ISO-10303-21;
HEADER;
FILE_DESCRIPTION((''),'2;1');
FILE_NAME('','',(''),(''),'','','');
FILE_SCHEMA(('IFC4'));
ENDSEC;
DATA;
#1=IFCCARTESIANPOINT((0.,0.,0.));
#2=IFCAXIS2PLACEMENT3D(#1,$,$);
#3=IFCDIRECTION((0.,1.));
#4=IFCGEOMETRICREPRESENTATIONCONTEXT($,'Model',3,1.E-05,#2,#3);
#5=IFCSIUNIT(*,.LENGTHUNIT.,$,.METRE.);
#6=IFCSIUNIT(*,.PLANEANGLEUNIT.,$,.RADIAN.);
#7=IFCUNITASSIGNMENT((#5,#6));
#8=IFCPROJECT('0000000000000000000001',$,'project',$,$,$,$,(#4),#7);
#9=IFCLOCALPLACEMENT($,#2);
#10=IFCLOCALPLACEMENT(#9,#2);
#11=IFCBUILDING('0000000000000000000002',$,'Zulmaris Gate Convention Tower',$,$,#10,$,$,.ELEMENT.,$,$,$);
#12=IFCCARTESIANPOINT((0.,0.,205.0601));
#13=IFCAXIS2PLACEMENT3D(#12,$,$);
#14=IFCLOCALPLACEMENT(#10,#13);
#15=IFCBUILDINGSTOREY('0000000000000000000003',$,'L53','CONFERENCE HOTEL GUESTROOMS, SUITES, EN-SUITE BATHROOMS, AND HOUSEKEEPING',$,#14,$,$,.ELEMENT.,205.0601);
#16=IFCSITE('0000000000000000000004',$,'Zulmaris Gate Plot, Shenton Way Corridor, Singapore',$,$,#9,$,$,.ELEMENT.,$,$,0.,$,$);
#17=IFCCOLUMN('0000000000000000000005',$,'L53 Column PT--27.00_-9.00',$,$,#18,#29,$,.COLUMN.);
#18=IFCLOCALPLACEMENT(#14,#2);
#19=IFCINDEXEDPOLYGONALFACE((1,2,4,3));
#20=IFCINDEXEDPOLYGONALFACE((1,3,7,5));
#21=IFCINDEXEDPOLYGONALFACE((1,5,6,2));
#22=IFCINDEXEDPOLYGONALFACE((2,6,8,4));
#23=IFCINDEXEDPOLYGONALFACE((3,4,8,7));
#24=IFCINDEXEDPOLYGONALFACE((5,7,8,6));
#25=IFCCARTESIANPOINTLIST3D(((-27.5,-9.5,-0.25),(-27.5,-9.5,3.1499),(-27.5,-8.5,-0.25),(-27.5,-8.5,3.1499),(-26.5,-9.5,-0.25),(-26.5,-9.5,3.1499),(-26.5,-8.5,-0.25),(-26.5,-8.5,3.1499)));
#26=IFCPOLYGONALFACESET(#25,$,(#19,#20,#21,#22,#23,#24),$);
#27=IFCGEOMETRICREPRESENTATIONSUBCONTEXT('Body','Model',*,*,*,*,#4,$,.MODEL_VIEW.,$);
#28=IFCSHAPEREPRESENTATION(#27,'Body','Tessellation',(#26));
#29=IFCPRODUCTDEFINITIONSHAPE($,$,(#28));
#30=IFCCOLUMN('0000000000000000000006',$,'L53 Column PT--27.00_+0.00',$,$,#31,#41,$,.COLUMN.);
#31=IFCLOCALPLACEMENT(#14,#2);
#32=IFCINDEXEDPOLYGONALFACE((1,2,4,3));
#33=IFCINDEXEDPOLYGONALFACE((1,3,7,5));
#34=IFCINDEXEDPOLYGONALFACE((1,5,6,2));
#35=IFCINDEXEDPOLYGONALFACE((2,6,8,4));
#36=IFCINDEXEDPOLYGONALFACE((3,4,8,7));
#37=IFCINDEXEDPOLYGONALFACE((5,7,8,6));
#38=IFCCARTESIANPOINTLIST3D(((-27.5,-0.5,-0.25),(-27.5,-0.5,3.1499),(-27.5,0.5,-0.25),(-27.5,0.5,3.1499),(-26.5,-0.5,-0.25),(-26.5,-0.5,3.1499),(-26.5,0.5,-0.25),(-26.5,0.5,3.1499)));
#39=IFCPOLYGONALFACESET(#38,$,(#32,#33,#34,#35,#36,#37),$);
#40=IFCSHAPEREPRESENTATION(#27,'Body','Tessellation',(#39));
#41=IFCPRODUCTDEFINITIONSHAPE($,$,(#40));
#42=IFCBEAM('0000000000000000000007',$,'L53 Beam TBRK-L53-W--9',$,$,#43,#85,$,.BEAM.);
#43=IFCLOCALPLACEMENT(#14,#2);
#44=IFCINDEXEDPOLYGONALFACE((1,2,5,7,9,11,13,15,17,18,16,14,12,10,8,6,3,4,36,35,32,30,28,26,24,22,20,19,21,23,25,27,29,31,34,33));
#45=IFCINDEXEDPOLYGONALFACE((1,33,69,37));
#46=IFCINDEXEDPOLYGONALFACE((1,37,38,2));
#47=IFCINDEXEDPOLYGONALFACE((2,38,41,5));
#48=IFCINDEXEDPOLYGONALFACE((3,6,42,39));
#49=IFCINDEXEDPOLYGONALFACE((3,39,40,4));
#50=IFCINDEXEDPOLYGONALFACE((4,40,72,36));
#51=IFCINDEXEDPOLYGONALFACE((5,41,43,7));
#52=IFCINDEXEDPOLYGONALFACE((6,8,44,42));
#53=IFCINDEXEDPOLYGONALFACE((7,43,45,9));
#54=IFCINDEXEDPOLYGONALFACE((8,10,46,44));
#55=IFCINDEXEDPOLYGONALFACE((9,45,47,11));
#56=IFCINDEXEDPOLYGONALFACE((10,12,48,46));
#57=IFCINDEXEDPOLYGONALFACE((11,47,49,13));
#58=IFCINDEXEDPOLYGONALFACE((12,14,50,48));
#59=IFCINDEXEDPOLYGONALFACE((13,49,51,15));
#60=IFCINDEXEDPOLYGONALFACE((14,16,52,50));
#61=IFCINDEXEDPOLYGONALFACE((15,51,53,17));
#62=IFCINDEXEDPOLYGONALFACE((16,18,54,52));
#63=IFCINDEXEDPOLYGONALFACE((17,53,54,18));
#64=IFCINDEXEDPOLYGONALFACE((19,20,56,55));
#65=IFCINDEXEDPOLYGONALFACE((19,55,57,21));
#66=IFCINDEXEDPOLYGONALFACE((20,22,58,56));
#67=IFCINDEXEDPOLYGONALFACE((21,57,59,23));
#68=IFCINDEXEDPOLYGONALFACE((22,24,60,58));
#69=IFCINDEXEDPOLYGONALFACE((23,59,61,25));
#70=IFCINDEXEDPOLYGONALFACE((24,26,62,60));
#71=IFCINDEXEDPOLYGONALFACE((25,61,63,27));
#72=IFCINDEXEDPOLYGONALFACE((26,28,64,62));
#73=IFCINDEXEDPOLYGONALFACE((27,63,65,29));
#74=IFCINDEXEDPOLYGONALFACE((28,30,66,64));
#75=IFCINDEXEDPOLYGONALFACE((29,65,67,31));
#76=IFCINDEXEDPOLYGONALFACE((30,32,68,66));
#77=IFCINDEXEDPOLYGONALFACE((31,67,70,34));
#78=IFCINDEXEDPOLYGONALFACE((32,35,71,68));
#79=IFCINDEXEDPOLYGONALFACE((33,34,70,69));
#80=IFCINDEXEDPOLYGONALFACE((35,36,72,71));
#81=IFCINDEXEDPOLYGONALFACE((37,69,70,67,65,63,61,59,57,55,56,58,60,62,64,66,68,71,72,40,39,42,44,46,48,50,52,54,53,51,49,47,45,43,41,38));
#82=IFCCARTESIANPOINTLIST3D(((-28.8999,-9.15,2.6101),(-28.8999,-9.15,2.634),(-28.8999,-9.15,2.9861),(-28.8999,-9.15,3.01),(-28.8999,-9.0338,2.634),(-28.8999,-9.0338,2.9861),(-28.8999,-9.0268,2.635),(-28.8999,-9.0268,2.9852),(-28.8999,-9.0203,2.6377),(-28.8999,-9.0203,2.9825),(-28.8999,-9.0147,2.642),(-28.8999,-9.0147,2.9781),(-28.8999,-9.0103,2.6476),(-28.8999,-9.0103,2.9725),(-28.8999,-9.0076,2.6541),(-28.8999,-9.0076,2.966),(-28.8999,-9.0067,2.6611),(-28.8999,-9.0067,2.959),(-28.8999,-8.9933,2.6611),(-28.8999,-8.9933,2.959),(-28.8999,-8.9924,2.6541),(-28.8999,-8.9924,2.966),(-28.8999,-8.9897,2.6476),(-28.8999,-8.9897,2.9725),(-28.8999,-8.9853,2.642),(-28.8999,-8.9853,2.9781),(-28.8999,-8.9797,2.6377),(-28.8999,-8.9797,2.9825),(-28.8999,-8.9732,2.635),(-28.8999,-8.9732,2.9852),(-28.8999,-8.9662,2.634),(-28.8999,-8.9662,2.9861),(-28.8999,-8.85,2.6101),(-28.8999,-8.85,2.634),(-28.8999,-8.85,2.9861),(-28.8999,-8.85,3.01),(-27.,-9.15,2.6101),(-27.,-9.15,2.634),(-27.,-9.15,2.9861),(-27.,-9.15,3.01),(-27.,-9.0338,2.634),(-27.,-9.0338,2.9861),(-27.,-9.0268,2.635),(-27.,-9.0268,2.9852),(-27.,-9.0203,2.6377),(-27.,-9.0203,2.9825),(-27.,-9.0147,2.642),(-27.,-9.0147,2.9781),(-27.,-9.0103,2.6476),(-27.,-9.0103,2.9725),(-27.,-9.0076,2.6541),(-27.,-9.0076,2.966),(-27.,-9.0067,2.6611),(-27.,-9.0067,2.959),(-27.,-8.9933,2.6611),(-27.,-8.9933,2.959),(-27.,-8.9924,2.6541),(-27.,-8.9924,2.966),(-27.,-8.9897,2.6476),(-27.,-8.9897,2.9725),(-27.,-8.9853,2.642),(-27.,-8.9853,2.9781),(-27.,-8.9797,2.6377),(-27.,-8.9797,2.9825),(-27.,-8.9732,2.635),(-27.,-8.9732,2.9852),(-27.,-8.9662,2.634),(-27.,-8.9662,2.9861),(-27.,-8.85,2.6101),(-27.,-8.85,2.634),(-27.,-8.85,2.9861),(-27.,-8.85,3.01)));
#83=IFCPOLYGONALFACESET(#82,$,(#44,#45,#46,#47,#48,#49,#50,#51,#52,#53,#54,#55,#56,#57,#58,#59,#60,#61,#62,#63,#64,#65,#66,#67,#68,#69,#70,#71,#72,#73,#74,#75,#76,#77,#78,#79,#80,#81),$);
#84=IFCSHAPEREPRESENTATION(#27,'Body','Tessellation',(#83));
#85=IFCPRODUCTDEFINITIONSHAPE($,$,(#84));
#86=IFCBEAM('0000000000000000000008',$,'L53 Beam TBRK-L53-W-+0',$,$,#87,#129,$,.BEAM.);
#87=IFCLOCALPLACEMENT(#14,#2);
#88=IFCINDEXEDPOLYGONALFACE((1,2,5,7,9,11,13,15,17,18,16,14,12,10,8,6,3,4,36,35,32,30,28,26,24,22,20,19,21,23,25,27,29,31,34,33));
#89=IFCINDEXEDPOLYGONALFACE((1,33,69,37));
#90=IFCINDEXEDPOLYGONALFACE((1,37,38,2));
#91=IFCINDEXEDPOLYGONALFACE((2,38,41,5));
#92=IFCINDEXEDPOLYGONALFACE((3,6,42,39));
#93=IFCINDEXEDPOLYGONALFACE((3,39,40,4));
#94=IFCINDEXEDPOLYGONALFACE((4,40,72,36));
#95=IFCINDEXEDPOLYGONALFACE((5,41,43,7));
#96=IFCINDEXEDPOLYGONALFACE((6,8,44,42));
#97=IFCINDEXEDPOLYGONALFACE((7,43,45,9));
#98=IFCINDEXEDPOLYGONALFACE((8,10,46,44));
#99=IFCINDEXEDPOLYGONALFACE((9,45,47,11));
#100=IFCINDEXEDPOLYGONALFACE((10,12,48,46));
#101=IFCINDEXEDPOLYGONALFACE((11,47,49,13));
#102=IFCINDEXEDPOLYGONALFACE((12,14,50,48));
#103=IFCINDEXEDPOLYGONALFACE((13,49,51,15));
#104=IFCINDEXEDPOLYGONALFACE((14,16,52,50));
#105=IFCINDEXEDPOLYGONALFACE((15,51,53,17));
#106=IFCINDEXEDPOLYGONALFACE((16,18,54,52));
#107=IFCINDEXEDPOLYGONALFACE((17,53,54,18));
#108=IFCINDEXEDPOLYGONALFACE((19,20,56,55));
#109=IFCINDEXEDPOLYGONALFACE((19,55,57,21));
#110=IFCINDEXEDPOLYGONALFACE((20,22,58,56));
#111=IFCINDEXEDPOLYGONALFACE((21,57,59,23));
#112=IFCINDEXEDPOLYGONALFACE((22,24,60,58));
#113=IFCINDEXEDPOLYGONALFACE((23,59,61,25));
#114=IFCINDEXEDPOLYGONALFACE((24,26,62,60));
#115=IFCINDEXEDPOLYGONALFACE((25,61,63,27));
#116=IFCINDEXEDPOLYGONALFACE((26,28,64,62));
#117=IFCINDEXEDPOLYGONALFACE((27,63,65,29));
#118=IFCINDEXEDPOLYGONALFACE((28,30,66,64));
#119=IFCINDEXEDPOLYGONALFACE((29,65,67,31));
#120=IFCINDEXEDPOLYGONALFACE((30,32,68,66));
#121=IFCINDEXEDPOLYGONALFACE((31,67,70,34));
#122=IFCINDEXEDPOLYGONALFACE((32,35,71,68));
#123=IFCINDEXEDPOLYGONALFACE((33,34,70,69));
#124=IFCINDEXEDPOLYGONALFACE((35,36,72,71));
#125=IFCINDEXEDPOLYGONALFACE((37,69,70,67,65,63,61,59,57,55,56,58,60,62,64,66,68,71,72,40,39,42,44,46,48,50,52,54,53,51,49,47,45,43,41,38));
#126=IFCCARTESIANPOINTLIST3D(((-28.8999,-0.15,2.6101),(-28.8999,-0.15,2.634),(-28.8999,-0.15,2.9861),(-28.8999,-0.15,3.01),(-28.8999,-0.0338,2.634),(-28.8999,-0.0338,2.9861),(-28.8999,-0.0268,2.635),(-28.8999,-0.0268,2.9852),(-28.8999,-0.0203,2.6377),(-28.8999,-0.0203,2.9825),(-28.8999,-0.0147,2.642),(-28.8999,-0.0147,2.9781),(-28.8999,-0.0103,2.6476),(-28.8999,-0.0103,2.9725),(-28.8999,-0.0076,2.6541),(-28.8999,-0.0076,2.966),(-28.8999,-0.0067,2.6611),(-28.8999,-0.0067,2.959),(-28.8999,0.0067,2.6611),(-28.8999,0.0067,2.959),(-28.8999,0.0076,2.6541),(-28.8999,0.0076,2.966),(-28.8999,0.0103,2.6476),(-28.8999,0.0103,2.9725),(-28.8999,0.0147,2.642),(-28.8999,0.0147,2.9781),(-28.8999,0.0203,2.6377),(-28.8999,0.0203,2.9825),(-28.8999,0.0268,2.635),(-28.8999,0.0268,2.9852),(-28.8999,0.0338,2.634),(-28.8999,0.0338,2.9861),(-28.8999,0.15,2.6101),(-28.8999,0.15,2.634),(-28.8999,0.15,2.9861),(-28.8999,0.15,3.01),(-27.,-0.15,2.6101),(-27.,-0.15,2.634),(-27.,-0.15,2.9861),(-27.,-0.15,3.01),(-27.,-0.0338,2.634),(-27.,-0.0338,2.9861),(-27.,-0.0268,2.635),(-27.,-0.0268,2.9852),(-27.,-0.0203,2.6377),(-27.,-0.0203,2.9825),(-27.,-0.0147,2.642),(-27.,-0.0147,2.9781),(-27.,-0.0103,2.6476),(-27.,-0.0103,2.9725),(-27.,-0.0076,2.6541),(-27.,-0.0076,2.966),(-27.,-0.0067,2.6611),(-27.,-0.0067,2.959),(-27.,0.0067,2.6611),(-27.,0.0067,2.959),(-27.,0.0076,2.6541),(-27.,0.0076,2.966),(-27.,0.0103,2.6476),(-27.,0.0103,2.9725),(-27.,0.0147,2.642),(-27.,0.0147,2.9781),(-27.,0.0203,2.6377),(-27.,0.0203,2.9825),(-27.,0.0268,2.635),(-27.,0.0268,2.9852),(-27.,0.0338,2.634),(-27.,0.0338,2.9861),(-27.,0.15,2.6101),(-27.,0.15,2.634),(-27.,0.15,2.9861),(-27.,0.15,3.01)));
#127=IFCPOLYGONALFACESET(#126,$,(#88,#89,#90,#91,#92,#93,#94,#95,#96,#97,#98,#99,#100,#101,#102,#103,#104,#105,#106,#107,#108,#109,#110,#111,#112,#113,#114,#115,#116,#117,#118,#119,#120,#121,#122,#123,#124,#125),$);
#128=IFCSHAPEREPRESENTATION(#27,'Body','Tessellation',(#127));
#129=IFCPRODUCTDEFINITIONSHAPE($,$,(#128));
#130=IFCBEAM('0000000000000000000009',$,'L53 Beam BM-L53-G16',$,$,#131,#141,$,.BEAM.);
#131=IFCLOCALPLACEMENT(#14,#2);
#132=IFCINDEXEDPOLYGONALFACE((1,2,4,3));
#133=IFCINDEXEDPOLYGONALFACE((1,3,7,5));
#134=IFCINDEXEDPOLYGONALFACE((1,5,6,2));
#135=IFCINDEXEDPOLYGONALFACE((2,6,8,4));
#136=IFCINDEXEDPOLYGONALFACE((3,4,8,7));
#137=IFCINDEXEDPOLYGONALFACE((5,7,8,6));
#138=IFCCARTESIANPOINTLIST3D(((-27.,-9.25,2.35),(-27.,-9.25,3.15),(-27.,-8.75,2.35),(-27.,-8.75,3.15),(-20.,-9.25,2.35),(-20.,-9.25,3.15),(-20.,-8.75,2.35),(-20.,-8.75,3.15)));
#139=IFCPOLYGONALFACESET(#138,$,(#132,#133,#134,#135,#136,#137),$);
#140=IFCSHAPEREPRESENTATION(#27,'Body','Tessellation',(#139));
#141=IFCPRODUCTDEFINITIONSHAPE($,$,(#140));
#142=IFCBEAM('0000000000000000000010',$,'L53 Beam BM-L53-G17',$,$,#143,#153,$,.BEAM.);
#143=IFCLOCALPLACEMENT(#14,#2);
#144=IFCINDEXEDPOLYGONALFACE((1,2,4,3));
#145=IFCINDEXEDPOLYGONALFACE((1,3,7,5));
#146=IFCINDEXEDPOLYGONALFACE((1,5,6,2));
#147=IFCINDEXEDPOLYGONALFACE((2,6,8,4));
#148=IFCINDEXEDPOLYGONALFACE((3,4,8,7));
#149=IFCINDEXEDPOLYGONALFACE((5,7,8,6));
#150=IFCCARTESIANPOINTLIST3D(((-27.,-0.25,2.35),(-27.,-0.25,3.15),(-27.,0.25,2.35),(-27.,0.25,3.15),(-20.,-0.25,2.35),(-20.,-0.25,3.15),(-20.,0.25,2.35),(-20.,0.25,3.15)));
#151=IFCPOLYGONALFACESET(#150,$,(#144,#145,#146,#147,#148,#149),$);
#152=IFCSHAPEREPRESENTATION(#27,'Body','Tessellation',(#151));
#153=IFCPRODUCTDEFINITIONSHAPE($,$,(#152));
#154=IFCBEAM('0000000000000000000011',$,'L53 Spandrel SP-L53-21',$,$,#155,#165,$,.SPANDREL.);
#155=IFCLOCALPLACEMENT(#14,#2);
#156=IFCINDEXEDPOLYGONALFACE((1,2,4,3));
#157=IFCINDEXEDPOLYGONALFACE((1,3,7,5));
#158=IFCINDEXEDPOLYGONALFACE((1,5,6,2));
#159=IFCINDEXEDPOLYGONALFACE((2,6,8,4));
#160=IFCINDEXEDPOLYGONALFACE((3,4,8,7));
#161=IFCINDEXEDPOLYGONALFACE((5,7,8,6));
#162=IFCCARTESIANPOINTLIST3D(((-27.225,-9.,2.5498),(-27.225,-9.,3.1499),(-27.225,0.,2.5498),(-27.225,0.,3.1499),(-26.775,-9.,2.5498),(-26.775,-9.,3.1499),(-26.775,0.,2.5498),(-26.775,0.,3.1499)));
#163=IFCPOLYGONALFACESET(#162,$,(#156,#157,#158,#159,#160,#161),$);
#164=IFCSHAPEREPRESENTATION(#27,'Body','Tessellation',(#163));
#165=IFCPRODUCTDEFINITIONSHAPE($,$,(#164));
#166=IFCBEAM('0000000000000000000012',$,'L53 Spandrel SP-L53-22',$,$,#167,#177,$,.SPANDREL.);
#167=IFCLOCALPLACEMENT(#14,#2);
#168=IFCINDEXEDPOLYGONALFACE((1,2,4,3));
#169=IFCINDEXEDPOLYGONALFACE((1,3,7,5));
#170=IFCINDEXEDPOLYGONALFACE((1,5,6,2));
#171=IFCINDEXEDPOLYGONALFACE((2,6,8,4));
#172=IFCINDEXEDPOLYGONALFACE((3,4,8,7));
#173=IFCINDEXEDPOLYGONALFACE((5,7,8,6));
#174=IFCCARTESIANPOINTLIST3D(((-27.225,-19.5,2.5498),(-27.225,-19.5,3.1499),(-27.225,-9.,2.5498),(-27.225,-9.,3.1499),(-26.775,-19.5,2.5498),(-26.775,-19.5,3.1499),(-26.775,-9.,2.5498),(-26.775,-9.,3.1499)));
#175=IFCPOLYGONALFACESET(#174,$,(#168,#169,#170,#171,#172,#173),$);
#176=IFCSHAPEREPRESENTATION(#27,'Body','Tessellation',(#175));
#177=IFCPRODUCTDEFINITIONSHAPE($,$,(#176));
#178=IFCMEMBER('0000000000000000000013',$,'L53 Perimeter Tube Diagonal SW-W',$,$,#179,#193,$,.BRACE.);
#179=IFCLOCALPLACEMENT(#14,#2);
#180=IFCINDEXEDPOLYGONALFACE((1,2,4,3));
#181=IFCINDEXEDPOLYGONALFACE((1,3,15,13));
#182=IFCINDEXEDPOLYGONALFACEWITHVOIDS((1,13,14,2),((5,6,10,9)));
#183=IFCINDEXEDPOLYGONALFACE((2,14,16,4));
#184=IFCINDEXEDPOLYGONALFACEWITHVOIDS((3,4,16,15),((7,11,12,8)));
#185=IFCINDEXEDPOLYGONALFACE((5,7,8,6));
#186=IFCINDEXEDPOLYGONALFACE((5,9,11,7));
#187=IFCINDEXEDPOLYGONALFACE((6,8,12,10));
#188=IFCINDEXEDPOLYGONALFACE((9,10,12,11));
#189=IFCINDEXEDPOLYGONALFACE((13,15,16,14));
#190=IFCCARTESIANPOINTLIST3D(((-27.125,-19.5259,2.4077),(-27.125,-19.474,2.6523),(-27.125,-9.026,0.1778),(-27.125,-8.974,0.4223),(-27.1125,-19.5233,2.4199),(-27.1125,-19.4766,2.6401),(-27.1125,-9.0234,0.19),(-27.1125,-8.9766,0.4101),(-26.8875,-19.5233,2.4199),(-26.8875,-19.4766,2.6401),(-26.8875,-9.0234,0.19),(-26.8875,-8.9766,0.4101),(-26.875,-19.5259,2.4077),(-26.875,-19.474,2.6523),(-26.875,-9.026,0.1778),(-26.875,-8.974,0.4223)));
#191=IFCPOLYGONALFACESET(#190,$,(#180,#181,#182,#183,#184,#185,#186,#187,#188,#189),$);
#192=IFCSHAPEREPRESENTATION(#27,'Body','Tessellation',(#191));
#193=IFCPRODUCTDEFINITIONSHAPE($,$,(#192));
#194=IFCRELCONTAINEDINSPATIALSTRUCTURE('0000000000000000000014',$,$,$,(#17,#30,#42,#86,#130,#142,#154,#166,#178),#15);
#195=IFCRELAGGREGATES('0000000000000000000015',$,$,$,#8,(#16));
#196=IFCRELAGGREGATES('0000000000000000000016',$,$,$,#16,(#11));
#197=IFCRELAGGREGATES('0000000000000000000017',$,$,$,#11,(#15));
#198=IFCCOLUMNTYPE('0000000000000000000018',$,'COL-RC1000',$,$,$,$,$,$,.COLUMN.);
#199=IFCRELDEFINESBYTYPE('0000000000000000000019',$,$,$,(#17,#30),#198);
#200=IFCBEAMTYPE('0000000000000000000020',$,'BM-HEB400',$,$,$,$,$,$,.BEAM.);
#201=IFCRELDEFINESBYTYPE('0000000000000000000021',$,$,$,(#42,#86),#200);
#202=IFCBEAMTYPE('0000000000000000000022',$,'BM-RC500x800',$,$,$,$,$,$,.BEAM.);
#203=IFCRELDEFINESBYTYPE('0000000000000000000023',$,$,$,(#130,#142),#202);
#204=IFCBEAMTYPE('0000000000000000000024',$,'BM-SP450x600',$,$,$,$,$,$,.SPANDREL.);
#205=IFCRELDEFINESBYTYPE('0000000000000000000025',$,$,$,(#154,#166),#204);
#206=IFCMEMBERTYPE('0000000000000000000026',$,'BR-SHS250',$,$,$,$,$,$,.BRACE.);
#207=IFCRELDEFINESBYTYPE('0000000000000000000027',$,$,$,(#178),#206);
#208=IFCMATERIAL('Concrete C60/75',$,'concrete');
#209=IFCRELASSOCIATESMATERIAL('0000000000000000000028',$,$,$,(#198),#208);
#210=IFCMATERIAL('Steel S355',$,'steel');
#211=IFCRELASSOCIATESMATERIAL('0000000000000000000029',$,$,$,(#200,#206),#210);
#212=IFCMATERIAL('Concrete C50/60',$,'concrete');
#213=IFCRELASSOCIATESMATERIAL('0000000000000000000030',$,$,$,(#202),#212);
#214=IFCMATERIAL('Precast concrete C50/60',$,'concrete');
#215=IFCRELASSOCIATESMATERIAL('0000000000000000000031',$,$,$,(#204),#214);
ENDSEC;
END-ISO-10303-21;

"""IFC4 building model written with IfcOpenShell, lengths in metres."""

from ifc_helpers import new_model, si_unit, direction, frame, origin, origin_2d, place, context, subcontext, project, spatial, rectangle, hollow_rectangle, i_section, extrude, material, material_profile, profile_set, type_object, element, save


model = new_model("IFC4")

# Units and contexts
model_context = context("Model", 3, precision=1e-05, world=origin(), true_north=direction((0.0, 1.0)))
body_context = subcontext(model_context, "Body", "Model", "MODEL_VIEW")
ifc_project = project(units=[si_unit("LENGTHUNIT", "METRE"), si_unit("PLANEANGLEUNIT", "RADIAN")], contexts=[model_context])

# Site, building, storey
site_placement = place(None, origin())
site = spatial("IfcSite", under=ifc_project, at=site_placement, Name="Zulmaris Gate Plot, Shenton Way Corridor, Singapore", CompositionType="ELEMENT", RefElevation=0.0)
building_placement = place(site_placement, origin())
building = spatial("IfcBuilding", under=site, at=building_placement, Name="Zulmaris Gate Convention Tower", CompositionType="ELEMENT")
storey_placement = place(building_placement, frame((0.0, 0.0, 205.0601)))
storey = spatial("IfcBuildingStorey", under=building, at=storey_placement, Name="L53", Description="CONFERENCE HOTEL GUESTROOMS, SUITES, EN-SUITE BATHROOMS, AND HOUSEKEEPING", CompositionType="ELEMENT", Elevation=205.0601)

# Columns
ifc_material_1 = material(Name="Concrete C60/75", Category="concrete")
ifc_material_profile_1 = material_profile(ifc_material_1, rectangle(XDim=1.0, YDim=1.0, at=origin_2d()), Name="RC COL 1000x1000")
ifc_profile_set_1 = profile_set([ifc_material_profile_1], Name="Concrete C60/75")
column_type = type_object("IfcColumnType", Name="COL-RC1000", PredefinedType="COLUMN", material=ifc_profile_set_1)
for number, where, z_axis, x_axis, name in (
    (1, (-27.0, -9.0, -0.25), (0.0, 0.0, 1.0), (1.0, 0.0, 0.0), "L53 Column PT--27.00_-9.00"),
    (2, (-27.0, 0.0, -0.25), (0.0, 0.0, 1.0), (1.0, 0.0, 0.0), "L53 Column PT--27.00_+0.00"),
):
    element("IfcColumn", number, at=place(storey_placement, frame(where, z_axis=z_axis, x_axis=x_axis)), inside=storey, type_object=column_type, Name=name, PredefinedType="COLUMN", context=body_context, shape_type="SweptSolid", body=[
        extrude(rectangle(XDim=1.0, YDim=1.0, at=origin_2d()), origin(), (0.0, 0.0, 1.0), 3.3999),
    ])

# Beams
ifc_material_2 = material(Name="Steel S355", Category="steel")
ifc_material_profile_2 = material_profile(ifc_material_2, i_section(OverallWidth=0.3, OverallDepth=0.3999, WebThickness=0.0134, FlangeThickness=0.0239, FilletRadius=0.0271, at=origin_2d()), Name="HEB 400")
ifc_profile_set_2 = profile_set([ifc_material_profile_2], Name="Steel S355")
beam_type_1 = type_object("IfcBeamType", Name="BM-HEB400", PredefinedType="BEAM", material=ifc_profile_set_2)
for number, where, z_axis, x_axis, name in (
    (3, (-28.8999, -9.0, 2.8101), (1.0, 0.0, 0.0), (0.0, 1.0, 0.0), "L53 Beam TBRK-L53-W--9"),
    (4, (-28.8999, 0.0, 2.8101), (1.0, 0.0, 0.0), (0.0, 1.0, 0.0), "L53 Beam TBRK-L53-W-+0"),
):
    element("IfcBeam", number, at=place(storey_placement, frame(where, z_axis=z_axis, x_axis=x_axis)), inside=storey, type_object=beam_type_1, Name=name, PredefinedType="BEAM", context=body_context, shape_type="SweptSolid", body=[
        extrude(i_section(OverallWidth=0.3, OverallDepth=0.3999, WebThickness=0.0134, FlangeThickness=0.0239, FilletRadius=0.0271, at=origin_2d()), origin(), (0.0, 0.0, 1.0), 1.8999),
    ])
ifc_material_3 = material(Name="Concrete C50/60", Category="concrete")
ifc_material_profile_3 = material_profile(ifc_material_3, rectangle(XDim=0.5, YDim=0.8, at=origin_2d()), Name="RC BEAM 500x800")
ifc_profile_set_3 = profile_set([ifc_material_profile_3], Name="Concrete C50/60")
beam_type_2 = type_object("IfcBeamType", Name="BM-RC500x800", PredefinedType="BEAM", material=ifc_profile_set_3)
for number, where, z_axis, x_axis, name in (
    (5, (-27.0, -9.0, 2.75), (1.0, 0.0, 0.0), (0.0, 1.0, 0.0), "L53 Beam BM-L53-G16"),
    (6, (-27.0, 0.0, 2.75), (1.0, 0.0, 0.0), (0.0, 1.0, 0.0), "L53 Beam BM-L53-G17"),
):
    element("IfcBeam", number, at=place(storey_placement, frame(where, z_axis=z_axis, x_axis=x_axis)), inside=storey, type_object=beam_type_2, Name=name, PredefinedType="BEAM", context=body_context, shape_type="SweptSolid", body=[
        extrude(rectangle(XDim=0.5, YDim=0.8, at=origin_2d()), origin(), (0.0, 0.0, 1.0), 7.0),
    ])
ifc_material_4 = material(Name="Precast concrete C50/60", Category="concrete")
ifc_material_profile_4 = material_profile(ifc_material_4, rectangle(XDim=0.45, YDim=0.6001, at=origin_2d()), Name="RC SPANDREL 450x600")
ifc_profile_set_4 = profile_set([ifc_material_profile_4], Name="Precast concrete C50/60")
beam_type_3 = type_object("IfcBeamType", Name="BM-SP450x600", PredefinedType="SPANDREL", material=ifc_profile_set_4)
beam_1_placement = place(storey_placement, frame((-27.0, 0.0, 2.8499), z_axis=(0.0, -1.0, 0.0), x_axis=(1.0, 0.0, 0.0)))
element("IfcBeam", 7, at=beam_1_placement, inside=storey, type_object=beam_type_3, Name="L53 Spandrel SP-L53-21", PredefinedType="SPANDREL", context=body_context, shape_type="SweptSolid", body=[
    extrude(rectangle(XDim=0.45, YDim=0.6001, at=origin_2d()), origin(), (0.0, 0.0, 1.0), 9.0),
])
beam_2_placement = place(storey_placement, frame((-27.0, -9.0, 2.8499), z_axis=(0.0, -1.0, 0.0), x_axis=(1.0, 0.0, 0.0)))
element("IfcBeam", 8, at=beam_2_placement, inside=storey, type_object=beam_type_3, Name="L53 Spandrel SP-L53-22", PredefinedType="SPANDREL", context=body_context, shape_type="SweptSolid", body=[
    extrude(rectangle(XDim=0.45, YDim=0.6001, at=origin_2d()), origin(), (0.0, 0.0, 1.0), 10.5),
])

# Member
ifc_material_profile_5 = material_profile(ifc_material_2, hollow_rectangle(XDim=0.25, YDim=0.25, WallThickness=0.0125, at=origin_2d()), Name="SHS 250x250x12.5")
ifc_profile_set_5 = profile_set([ifc_material_profile_5], Name="Steel S355")
member_type = type_object("IfcMemberType", Name="BR-SHS250", PredefinedType="BRACE", material=ifc_profile_set_5)
member_placement = place(storey_placement, frame((-27.0, -9.0, 0.3), z_axis=(0.0, -0.978183, 0.207746), x_axis=(1.0, 0.0, 0.0)))
element("IfcMember", 9, at=member_placement, inside=storey, type_object=member_type, Name="L53 Perimeter Tube Diagonal SW-W", PredefinedType="BRACE", context=body_context, shape_type="SweptSolid", body=[
    extrude(hollow_rectangle(XDim=0.25, YDim=0.25, WallThickness=0.0125, at=origin_2d()), origin(), (0.0, 0.0, 1.0), 10.7341),
])

save(model, "model.ifc")
